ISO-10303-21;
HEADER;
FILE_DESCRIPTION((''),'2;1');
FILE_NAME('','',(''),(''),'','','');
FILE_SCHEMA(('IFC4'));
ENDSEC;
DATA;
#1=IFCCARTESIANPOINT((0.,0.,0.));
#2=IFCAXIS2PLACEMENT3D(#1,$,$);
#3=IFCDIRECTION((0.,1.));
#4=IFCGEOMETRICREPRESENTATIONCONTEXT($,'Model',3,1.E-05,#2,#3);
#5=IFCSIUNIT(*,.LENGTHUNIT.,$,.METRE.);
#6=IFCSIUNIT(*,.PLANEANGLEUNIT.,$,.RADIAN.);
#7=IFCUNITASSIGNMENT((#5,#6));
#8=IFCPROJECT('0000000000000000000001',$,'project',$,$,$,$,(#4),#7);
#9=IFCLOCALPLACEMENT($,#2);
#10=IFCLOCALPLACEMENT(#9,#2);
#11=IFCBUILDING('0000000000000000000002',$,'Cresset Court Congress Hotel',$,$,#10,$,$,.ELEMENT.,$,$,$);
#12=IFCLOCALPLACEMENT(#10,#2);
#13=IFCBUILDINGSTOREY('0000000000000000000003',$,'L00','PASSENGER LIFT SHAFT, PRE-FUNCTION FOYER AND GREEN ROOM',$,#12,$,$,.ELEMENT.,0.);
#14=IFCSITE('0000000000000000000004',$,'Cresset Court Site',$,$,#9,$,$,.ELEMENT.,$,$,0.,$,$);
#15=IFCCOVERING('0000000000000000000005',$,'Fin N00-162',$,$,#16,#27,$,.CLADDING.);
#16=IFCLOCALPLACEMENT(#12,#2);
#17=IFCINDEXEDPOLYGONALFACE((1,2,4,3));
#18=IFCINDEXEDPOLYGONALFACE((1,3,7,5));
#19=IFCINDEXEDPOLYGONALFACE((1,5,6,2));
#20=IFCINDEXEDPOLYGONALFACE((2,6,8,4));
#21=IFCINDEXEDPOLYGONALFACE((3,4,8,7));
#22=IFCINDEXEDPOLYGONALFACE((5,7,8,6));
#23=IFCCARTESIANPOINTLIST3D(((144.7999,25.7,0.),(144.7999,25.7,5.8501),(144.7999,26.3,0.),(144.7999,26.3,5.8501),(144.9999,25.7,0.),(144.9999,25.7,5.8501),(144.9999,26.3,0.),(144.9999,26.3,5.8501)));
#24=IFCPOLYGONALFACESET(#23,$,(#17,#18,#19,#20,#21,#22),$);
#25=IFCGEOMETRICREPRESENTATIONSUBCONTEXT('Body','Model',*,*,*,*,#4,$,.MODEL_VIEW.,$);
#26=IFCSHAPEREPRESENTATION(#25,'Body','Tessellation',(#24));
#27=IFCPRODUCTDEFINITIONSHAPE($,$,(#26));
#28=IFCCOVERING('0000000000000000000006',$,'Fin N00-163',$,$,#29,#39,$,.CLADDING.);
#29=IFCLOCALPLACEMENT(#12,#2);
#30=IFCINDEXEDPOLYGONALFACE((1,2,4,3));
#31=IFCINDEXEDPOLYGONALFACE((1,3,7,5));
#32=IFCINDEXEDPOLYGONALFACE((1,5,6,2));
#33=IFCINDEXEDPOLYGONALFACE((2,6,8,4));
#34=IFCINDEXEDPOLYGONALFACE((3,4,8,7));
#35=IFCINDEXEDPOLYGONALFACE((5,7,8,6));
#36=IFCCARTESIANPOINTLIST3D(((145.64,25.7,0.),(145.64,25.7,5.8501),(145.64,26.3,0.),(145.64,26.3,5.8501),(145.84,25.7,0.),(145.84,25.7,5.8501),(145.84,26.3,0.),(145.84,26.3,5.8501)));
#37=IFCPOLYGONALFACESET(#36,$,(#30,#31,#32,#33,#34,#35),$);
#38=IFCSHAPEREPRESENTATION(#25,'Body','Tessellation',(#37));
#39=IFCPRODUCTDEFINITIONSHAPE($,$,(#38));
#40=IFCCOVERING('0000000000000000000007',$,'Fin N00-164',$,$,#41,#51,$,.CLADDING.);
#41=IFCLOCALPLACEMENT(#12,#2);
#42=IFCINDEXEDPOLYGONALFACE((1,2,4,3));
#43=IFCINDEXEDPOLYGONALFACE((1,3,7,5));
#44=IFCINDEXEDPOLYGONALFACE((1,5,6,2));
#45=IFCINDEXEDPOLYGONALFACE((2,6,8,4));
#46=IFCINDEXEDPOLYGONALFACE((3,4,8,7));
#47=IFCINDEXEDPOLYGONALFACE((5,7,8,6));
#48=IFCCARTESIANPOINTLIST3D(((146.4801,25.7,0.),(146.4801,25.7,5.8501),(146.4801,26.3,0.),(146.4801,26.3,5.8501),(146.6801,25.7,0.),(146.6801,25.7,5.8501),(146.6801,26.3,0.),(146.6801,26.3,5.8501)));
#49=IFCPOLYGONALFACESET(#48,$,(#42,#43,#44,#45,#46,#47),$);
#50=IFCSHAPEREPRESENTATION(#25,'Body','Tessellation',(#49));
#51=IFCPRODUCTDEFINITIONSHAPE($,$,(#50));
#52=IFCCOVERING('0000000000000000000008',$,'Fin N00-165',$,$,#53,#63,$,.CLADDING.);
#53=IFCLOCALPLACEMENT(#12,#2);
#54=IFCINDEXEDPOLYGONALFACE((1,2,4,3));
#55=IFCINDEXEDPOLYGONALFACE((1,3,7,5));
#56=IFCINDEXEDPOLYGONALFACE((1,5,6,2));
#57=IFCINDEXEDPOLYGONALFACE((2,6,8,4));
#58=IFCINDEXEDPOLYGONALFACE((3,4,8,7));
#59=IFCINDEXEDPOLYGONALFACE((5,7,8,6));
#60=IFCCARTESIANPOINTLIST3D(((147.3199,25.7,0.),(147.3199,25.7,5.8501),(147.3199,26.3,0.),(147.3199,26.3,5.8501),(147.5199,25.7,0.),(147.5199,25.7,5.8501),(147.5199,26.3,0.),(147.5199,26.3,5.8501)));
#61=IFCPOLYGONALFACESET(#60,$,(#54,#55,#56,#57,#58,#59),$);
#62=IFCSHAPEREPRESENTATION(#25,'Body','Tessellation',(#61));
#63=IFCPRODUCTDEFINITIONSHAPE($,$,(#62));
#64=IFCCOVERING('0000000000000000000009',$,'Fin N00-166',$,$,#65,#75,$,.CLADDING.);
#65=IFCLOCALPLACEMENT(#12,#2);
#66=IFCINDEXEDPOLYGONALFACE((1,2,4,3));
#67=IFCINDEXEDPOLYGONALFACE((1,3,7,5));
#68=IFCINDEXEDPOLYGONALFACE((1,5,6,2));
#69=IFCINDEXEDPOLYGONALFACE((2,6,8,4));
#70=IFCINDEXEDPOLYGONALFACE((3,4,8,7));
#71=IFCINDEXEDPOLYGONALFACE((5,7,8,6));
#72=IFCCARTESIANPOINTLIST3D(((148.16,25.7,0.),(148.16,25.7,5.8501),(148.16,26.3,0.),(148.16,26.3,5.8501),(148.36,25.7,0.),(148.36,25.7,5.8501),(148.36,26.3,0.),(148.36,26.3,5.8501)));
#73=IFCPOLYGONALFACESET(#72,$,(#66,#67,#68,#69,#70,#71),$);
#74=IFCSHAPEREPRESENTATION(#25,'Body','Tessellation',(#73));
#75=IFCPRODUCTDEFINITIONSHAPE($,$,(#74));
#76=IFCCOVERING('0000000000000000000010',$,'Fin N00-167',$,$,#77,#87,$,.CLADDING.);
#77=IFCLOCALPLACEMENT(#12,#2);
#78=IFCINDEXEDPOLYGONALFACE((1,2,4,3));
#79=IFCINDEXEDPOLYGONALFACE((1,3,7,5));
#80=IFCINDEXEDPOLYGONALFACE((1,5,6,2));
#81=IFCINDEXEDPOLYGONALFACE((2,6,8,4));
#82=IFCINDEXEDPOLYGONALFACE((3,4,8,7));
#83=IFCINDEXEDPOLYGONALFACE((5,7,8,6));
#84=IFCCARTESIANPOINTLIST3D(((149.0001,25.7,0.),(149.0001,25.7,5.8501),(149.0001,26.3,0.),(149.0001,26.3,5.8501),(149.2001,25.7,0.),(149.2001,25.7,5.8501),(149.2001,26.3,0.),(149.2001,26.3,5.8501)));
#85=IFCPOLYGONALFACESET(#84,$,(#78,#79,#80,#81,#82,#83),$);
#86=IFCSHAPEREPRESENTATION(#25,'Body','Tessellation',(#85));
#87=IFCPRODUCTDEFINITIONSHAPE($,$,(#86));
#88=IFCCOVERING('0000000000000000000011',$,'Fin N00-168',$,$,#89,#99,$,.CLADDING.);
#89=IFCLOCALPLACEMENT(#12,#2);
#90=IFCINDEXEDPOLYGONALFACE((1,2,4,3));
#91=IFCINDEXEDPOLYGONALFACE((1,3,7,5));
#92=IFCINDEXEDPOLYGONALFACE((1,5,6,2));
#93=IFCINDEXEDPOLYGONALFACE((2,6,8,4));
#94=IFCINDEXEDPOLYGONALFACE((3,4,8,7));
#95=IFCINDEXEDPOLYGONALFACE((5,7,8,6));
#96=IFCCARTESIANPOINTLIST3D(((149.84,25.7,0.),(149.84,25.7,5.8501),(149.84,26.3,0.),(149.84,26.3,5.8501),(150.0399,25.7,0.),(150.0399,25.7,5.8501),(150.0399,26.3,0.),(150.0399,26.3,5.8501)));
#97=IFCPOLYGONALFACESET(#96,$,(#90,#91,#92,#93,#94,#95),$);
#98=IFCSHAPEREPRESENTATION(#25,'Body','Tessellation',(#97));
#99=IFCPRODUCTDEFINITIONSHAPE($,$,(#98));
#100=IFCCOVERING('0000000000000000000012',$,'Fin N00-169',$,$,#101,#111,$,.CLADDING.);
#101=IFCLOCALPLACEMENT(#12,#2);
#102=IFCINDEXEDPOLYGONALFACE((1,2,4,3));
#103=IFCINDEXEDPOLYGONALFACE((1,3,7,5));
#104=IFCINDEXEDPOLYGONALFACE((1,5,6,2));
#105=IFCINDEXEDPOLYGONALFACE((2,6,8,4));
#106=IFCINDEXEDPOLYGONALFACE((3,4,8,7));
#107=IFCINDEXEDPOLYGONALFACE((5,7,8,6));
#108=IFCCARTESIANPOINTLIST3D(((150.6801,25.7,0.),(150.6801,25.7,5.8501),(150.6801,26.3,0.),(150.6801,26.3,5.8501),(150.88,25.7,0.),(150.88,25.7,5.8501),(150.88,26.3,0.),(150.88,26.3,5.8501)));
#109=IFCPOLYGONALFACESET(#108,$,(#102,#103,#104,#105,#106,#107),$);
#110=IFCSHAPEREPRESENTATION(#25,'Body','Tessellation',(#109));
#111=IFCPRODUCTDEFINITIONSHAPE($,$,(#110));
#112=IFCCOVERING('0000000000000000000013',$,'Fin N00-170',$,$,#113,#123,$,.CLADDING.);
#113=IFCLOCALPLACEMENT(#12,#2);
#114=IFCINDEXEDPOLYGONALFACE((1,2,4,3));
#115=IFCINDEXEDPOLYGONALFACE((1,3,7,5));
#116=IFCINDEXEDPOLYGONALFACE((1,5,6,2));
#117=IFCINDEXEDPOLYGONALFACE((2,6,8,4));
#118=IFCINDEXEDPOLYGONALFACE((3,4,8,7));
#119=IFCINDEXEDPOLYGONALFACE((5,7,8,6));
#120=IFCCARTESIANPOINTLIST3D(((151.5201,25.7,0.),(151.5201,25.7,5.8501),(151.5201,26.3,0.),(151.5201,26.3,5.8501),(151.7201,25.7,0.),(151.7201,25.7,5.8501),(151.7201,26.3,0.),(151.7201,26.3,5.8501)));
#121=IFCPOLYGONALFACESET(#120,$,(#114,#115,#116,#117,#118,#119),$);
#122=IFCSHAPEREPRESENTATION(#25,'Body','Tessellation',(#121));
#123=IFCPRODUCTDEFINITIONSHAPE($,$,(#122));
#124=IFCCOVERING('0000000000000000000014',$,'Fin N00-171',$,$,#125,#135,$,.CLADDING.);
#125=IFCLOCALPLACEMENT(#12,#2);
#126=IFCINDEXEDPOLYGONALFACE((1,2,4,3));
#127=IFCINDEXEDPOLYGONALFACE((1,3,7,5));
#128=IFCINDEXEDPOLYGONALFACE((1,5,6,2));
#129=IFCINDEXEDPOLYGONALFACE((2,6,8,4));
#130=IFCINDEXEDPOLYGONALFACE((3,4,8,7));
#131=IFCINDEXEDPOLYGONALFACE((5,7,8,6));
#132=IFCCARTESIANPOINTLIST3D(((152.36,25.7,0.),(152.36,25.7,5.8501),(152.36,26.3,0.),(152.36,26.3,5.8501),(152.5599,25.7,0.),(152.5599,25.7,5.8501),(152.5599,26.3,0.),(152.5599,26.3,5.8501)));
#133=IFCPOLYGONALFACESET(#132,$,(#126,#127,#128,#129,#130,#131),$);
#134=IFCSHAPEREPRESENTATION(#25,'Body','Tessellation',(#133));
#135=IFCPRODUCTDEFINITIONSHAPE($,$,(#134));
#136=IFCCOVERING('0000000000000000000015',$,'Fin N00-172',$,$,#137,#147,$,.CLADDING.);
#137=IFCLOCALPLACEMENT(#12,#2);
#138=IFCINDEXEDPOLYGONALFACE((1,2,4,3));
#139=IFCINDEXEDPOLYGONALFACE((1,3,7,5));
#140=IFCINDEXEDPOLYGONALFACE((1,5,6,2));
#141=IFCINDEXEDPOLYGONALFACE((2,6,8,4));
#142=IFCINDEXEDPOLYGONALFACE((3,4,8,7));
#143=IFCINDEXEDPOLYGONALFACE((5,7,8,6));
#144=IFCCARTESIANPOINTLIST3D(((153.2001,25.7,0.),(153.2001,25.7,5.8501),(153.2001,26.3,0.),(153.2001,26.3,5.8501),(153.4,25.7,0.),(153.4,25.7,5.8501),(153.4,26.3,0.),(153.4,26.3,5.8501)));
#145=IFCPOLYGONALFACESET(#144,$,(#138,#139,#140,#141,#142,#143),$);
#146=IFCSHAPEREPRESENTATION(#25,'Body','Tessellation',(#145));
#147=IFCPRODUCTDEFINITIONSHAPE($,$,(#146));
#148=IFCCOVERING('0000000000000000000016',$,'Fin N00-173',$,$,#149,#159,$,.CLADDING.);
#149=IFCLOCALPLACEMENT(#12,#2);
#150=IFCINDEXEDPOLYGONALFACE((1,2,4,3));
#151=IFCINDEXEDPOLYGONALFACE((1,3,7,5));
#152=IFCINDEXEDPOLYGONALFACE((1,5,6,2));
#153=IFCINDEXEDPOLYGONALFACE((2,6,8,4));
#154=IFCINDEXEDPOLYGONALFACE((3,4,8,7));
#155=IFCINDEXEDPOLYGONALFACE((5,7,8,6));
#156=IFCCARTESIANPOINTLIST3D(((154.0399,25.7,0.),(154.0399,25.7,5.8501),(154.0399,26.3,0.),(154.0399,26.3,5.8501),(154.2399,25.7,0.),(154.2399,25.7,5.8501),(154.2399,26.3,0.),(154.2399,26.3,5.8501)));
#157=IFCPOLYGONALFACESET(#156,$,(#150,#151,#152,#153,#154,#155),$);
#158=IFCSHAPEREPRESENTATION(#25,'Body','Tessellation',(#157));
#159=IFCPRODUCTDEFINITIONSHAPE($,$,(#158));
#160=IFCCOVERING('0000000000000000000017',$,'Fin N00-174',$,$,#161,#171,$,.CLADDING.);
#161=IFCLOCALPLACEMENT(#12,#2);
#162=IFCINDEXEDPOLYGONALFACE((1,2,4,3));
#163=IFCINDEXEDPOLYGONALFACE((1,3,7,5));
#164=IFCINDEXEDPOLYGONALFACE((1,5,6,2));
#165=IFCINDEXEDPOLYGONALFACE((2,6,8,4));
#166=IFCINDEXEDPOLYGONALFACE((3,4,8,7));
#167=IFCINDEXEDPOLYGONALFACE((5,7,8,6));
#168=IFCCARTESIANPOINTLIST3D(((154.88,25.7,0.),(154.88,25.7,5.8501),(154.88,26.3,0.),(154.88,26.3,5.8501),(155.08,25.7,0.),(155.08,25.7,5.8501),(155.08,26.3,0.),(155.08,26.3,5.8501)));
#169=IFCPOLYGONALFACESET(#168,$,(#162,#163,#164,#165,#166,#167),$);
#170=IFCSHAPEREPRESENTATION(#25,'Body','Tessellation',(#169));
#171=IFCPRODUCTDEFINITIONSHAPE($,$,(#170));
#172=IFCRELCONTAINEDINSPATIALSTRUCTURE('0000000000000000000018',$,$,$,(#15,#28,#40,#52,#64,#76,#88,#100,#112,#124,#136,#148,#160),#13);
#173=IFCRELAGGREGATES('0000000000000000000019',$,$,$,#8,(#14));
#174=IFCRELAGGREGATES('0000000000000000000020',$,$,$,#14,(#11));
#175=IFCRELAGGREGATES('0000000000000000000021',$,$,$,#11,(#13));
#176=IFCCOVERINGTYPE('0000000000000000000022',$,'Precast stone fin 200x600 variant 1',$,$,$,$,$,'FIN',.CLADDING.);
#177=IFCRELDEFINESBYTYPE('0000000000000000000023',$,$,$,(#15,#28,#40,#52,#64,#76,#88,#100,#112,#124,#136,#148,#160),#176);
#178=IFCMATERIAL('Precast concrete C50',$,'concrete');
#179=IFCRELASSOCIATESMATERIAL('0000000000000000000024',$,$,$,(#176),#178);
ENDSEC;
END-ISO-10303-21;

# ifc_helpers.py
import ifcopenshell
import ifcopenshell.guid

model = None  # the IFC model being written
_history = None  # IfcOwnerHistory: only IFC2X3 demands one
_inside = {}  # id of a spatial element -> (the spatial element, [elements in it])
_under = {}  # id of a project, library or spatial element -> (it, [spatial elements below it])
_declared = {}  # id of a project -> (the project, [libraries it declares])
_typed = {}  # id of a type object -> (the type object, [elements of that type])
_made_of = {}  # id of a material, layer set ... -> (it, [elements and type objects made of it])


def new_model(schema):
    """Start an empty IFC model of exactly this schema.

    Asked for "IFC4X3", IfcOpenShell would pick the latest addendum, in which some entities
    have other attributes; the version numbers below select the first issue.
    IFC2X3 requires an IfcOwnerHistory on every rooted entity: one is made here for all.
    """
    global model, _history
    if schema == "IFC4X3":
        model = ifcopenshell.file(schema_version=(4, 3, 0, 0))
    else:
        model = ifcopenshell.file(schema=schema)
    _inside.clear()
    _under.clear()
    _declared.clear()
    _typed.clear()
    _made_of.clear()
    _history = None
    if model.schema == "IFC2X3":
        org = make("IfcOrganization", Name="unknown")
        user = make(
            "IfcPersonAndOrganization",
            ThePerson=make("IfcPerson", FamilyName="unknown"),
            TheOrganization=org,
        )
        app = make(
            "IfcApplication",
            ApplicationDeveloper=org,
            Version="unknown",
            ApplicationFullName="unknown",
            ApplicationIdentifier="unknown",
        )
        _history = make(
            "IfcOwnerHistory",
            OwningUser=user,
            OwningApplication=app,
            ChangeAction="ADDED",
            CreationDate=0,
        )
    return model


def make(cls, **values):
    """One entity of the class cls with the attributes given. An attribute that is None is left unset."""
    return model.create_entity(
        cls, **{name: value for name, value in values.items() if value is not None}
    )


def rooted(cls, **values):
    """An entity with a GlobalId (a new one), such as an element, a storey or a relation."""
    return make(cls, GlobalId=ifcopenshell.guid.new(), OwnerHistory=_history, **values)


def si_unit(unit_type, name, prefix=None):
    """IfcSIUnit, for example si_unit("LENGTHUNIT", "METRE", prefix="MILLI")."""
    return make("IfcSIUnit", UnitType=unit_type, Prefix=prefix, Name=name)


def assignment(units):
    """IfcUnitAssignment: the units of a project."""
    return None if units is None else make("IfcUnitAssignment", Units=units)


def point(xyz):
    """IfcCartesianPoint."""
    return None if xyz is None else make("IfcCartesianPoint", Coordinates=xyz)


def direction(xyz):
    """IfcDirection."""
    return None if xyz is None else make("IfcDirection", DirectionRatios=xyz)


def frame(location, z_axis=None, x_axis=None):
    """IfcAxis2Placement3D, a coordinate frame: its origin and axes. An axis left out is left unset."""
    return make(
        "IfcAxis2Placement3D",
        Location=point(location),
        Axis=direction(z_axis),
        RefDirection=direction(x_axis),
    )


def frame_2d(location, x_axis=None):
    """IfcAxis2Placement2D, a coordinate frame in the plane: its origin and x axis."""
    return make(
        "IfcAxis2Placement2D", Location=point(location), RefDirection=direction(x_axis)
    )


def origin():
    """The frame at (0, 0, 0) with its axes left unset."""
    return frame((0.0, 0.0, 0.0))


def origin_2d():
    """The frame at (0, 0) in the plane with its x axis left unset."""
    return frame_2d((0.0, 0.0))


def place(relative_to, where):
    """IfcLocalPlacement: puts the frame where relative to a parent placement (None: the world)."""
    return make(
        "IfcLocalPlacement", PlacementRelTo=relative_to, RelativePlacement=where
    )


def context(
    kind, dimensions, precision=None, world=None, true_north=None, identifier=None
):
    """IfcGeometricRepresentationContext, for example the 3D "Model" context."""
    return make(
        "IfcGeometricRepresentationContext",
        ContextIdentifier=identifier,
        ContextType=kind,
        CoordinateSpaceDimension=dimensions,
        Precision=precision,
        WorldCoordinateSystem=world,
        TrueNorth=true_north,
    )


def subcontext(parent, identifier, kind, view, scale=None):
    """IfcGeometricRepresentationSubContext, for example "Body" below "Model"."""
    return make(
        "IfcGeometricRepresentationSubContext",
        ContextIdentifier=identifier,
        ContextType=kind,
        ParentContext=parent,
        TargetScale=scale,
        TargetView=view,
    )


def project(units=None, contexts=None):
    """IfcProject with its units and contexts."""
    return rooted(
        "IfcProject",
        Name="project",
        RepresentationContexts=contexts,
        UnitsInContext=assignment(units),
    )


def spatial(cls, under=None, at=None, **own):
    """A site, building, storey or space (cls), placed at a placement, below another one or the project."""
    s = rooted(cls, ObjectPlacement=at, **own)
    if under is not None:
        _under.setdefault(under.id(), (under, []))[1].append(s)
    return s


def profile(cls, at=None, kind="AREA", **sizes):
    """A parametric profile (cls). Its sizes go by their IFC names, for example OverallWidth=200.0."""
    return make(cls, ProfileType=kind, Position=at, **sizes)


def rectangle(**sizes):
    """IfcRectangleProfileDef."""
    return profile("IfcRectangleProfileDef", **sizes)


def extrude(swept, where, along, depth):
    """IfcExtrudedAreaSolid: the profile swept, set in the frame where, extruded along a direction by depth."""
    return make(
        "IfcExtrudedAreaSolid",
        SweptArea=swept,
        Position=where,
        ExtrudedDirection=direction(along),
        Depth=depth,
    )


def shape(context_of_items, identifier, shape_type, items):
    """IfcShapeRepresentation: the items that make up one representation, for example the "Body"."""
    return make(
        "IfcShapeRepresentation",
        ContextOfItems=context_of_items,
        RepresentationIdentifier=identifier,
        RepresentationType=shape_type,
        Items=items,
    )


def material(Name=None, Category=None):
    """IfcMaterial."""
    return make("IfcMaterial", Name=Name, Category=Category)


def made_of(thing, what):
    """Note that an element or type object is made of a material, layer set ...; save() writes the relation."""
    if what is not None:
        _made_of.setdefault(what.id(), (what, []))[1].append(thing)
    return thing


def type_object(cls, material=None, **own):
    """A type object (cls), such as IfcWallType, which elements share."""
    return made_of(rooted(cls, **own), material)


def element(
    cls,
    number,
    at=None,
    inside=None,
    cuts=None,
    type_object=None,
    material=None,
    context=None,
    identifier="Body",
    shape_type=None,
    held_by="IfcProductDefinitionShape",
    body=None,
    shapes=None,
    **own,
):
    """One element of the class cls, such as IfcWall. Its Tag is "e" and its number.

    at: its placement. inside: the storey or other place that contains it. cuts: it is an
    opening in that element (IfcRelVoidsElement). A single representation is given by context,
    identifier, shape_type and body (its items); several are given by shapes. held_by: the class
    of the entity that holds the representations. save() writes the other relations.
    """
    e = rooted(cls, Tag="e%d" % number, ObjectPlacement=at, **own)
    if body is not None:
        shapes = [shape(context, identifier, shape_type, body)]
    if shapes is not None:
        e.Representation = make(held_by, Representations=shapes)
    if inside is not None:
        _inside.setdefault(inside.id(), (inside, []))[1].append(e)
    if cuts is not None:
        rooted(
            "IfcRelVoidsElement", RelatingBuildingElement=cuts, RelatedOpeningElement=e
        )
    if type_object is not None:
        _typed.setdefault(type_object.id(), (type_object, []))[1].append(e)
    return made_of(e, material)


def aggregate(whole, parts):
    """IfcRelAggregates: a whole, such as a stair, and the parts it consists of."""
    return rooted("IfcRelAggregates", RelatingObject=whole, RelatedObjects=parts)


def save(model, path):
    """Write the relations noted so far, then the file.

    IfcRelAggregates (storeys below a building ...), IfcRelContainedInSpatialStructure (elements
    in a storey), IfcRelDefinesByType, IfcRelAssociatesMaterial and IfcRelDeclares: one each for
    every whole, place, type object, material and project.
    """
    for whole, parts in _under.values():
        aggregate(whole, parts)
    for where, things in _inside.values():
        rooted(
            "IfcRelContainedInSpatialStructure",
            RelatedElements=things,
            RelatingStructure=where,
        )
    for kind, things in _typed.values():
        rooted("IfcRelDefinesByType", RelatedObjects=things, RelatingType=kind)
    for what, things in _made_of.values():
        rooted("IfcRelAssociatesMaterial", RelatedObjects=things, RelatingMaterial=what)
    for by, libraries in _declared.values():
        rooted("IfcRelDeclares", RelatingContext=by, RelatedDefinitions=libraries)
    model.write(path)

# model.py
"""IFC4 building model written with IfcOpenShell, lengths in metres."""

from ifc_helpers import new_model, si_unit, direction, frame, origin, origin_2d, place, context, subcontext, project, spatial, rectangle, extrude, material, type_object, element, save


model = new_model("IFC4")

# Units and contexts
model_context = context("Model", 3, precision=1e-05, world=origin(), true_north=direction((0.0, 1.0)))
body_context = subcontext(model_context, "Body", "Model", "MODEL_VIEW")
ifc_project = project(units=[si_unit("LENGTHUNIT", "METRE"), si_unit("PLANEANGLEUNIT", "RADIAN")], contexts=[model_context])

# Site, building, storey
site_placement = place(None, origin())
site = spatial("IfcSite", under=ifc_project, at=site_placement, Name="Cresset Court Site", CompositionType="ELEMENT", RefElevation=0.0)
building_placement = place(site_placement, origin())
building = spatial("IfcBuilding", under=site, at=building_placement, Name="Cresset Court Congress Hotel", CompositionType="ELEMENT")
storey_placement = place(building_placement, origin())
storey = spatial("IfcBuildingStorey", under=building, at=storey_placement, Name="L00", Description="PASSENGER LIFT SHAFT, PRE-FUNCTION FOYER AND GREEN ROOM", CompositionType="ELEMENT", Elevation=0.0)

# Coverings
ifc_material_1 = material(Name="Precast concrete C50", Category="concrete")
covering_type = type_object("IfcCoveringType", Name="Precast stone fin 200x600 variant 1", ElementType="FIN", PredefinedType="CLADDING", material=ifc_material_1)
for number, where, z_axis, x_axis, name in (
    (1, (144.8999, 26.0, 0.0), (0.0, 0.0, 1.0), (1.0, 0.0, 0.0), "Fin N00-162"),
    (2, (145.74, 26.0, 0.0), (0.0, 0.0, 1.0), (1.0, 0.0, 0.0), "Fin N00-163"),
    (3, (146.5801, 26.0, 0.0), (0.0, 0.0, 1.0), (1.0, 0.0, 0.0), "Fin N00-164"),
    (4, (147.4199, 26.0, 0.0), (0.0, 0.0, 1.0), (1.0, 0.0, 0.0), "Fin N00-165"),
    (5, (148.26, 26.0, 0.0), (0.0, 0.0, 1.0), (1.0, 0.0, 0.0), "Fin N00-166"),
    (6, (149.1001, 26.0, 0.0), (0.0, 0.0, 1.0), (1.0, 0.0, 0.0), "Fin N00-167"),
    (7, (149.9399, 26.0, 0.0), (0.0, 0.0, 1.0), (1.0, 0.0, 0.0), "Fin N00-168"),
    (8, (150.78, 26.0, 0.0), (0.0, 0.0, 1.0), (1.0, 0.0, 0.0), "Fin N00-169"),
    (9, (151.6201, 26.0, 0.0), (0.0, 0.0, 1.0), (1.0, 0.0, 0.0), "Fin N00-170"),
    (10, (152.46, 26.0, 0.0), (0.0, 0.0, 1.0), (1.0, 0.0, 0.0), "Fin N00-171"),
    (11, (153.3, 26.0, 0.0), (0.0, 0.0, 1.0), (1.0, 0.0, 0.0), "Fin N00-172"),
    (12, (154.1399, 26.0, 0.0), (0.0, 0.0, 1.0), (1.0, 0.0, 0.0), "Fin N00-173"),
    (13, (154.98, 26.0, 0.0), (0.0, 0.0, 1.0), (1.0, 0.0, 0.0), "Fin N00-174"),
):
    element("IfcCovering", number, at=place(storey_placement, frame(where, z_axis=z_axis, x_axis=x_axis)), inside=storey, type_object=covering_type, Name=name, PredefinedType="CLADDING", context=body_context, shape_type="SweptSolid", body=[
        extrude(rectangle(XDim=0.2, YDim=0.6001, at=origin_2d()), origin(), (0.0, 0.0, 1.0), 5.8501),
    ])

save(model, "model.ifc")
